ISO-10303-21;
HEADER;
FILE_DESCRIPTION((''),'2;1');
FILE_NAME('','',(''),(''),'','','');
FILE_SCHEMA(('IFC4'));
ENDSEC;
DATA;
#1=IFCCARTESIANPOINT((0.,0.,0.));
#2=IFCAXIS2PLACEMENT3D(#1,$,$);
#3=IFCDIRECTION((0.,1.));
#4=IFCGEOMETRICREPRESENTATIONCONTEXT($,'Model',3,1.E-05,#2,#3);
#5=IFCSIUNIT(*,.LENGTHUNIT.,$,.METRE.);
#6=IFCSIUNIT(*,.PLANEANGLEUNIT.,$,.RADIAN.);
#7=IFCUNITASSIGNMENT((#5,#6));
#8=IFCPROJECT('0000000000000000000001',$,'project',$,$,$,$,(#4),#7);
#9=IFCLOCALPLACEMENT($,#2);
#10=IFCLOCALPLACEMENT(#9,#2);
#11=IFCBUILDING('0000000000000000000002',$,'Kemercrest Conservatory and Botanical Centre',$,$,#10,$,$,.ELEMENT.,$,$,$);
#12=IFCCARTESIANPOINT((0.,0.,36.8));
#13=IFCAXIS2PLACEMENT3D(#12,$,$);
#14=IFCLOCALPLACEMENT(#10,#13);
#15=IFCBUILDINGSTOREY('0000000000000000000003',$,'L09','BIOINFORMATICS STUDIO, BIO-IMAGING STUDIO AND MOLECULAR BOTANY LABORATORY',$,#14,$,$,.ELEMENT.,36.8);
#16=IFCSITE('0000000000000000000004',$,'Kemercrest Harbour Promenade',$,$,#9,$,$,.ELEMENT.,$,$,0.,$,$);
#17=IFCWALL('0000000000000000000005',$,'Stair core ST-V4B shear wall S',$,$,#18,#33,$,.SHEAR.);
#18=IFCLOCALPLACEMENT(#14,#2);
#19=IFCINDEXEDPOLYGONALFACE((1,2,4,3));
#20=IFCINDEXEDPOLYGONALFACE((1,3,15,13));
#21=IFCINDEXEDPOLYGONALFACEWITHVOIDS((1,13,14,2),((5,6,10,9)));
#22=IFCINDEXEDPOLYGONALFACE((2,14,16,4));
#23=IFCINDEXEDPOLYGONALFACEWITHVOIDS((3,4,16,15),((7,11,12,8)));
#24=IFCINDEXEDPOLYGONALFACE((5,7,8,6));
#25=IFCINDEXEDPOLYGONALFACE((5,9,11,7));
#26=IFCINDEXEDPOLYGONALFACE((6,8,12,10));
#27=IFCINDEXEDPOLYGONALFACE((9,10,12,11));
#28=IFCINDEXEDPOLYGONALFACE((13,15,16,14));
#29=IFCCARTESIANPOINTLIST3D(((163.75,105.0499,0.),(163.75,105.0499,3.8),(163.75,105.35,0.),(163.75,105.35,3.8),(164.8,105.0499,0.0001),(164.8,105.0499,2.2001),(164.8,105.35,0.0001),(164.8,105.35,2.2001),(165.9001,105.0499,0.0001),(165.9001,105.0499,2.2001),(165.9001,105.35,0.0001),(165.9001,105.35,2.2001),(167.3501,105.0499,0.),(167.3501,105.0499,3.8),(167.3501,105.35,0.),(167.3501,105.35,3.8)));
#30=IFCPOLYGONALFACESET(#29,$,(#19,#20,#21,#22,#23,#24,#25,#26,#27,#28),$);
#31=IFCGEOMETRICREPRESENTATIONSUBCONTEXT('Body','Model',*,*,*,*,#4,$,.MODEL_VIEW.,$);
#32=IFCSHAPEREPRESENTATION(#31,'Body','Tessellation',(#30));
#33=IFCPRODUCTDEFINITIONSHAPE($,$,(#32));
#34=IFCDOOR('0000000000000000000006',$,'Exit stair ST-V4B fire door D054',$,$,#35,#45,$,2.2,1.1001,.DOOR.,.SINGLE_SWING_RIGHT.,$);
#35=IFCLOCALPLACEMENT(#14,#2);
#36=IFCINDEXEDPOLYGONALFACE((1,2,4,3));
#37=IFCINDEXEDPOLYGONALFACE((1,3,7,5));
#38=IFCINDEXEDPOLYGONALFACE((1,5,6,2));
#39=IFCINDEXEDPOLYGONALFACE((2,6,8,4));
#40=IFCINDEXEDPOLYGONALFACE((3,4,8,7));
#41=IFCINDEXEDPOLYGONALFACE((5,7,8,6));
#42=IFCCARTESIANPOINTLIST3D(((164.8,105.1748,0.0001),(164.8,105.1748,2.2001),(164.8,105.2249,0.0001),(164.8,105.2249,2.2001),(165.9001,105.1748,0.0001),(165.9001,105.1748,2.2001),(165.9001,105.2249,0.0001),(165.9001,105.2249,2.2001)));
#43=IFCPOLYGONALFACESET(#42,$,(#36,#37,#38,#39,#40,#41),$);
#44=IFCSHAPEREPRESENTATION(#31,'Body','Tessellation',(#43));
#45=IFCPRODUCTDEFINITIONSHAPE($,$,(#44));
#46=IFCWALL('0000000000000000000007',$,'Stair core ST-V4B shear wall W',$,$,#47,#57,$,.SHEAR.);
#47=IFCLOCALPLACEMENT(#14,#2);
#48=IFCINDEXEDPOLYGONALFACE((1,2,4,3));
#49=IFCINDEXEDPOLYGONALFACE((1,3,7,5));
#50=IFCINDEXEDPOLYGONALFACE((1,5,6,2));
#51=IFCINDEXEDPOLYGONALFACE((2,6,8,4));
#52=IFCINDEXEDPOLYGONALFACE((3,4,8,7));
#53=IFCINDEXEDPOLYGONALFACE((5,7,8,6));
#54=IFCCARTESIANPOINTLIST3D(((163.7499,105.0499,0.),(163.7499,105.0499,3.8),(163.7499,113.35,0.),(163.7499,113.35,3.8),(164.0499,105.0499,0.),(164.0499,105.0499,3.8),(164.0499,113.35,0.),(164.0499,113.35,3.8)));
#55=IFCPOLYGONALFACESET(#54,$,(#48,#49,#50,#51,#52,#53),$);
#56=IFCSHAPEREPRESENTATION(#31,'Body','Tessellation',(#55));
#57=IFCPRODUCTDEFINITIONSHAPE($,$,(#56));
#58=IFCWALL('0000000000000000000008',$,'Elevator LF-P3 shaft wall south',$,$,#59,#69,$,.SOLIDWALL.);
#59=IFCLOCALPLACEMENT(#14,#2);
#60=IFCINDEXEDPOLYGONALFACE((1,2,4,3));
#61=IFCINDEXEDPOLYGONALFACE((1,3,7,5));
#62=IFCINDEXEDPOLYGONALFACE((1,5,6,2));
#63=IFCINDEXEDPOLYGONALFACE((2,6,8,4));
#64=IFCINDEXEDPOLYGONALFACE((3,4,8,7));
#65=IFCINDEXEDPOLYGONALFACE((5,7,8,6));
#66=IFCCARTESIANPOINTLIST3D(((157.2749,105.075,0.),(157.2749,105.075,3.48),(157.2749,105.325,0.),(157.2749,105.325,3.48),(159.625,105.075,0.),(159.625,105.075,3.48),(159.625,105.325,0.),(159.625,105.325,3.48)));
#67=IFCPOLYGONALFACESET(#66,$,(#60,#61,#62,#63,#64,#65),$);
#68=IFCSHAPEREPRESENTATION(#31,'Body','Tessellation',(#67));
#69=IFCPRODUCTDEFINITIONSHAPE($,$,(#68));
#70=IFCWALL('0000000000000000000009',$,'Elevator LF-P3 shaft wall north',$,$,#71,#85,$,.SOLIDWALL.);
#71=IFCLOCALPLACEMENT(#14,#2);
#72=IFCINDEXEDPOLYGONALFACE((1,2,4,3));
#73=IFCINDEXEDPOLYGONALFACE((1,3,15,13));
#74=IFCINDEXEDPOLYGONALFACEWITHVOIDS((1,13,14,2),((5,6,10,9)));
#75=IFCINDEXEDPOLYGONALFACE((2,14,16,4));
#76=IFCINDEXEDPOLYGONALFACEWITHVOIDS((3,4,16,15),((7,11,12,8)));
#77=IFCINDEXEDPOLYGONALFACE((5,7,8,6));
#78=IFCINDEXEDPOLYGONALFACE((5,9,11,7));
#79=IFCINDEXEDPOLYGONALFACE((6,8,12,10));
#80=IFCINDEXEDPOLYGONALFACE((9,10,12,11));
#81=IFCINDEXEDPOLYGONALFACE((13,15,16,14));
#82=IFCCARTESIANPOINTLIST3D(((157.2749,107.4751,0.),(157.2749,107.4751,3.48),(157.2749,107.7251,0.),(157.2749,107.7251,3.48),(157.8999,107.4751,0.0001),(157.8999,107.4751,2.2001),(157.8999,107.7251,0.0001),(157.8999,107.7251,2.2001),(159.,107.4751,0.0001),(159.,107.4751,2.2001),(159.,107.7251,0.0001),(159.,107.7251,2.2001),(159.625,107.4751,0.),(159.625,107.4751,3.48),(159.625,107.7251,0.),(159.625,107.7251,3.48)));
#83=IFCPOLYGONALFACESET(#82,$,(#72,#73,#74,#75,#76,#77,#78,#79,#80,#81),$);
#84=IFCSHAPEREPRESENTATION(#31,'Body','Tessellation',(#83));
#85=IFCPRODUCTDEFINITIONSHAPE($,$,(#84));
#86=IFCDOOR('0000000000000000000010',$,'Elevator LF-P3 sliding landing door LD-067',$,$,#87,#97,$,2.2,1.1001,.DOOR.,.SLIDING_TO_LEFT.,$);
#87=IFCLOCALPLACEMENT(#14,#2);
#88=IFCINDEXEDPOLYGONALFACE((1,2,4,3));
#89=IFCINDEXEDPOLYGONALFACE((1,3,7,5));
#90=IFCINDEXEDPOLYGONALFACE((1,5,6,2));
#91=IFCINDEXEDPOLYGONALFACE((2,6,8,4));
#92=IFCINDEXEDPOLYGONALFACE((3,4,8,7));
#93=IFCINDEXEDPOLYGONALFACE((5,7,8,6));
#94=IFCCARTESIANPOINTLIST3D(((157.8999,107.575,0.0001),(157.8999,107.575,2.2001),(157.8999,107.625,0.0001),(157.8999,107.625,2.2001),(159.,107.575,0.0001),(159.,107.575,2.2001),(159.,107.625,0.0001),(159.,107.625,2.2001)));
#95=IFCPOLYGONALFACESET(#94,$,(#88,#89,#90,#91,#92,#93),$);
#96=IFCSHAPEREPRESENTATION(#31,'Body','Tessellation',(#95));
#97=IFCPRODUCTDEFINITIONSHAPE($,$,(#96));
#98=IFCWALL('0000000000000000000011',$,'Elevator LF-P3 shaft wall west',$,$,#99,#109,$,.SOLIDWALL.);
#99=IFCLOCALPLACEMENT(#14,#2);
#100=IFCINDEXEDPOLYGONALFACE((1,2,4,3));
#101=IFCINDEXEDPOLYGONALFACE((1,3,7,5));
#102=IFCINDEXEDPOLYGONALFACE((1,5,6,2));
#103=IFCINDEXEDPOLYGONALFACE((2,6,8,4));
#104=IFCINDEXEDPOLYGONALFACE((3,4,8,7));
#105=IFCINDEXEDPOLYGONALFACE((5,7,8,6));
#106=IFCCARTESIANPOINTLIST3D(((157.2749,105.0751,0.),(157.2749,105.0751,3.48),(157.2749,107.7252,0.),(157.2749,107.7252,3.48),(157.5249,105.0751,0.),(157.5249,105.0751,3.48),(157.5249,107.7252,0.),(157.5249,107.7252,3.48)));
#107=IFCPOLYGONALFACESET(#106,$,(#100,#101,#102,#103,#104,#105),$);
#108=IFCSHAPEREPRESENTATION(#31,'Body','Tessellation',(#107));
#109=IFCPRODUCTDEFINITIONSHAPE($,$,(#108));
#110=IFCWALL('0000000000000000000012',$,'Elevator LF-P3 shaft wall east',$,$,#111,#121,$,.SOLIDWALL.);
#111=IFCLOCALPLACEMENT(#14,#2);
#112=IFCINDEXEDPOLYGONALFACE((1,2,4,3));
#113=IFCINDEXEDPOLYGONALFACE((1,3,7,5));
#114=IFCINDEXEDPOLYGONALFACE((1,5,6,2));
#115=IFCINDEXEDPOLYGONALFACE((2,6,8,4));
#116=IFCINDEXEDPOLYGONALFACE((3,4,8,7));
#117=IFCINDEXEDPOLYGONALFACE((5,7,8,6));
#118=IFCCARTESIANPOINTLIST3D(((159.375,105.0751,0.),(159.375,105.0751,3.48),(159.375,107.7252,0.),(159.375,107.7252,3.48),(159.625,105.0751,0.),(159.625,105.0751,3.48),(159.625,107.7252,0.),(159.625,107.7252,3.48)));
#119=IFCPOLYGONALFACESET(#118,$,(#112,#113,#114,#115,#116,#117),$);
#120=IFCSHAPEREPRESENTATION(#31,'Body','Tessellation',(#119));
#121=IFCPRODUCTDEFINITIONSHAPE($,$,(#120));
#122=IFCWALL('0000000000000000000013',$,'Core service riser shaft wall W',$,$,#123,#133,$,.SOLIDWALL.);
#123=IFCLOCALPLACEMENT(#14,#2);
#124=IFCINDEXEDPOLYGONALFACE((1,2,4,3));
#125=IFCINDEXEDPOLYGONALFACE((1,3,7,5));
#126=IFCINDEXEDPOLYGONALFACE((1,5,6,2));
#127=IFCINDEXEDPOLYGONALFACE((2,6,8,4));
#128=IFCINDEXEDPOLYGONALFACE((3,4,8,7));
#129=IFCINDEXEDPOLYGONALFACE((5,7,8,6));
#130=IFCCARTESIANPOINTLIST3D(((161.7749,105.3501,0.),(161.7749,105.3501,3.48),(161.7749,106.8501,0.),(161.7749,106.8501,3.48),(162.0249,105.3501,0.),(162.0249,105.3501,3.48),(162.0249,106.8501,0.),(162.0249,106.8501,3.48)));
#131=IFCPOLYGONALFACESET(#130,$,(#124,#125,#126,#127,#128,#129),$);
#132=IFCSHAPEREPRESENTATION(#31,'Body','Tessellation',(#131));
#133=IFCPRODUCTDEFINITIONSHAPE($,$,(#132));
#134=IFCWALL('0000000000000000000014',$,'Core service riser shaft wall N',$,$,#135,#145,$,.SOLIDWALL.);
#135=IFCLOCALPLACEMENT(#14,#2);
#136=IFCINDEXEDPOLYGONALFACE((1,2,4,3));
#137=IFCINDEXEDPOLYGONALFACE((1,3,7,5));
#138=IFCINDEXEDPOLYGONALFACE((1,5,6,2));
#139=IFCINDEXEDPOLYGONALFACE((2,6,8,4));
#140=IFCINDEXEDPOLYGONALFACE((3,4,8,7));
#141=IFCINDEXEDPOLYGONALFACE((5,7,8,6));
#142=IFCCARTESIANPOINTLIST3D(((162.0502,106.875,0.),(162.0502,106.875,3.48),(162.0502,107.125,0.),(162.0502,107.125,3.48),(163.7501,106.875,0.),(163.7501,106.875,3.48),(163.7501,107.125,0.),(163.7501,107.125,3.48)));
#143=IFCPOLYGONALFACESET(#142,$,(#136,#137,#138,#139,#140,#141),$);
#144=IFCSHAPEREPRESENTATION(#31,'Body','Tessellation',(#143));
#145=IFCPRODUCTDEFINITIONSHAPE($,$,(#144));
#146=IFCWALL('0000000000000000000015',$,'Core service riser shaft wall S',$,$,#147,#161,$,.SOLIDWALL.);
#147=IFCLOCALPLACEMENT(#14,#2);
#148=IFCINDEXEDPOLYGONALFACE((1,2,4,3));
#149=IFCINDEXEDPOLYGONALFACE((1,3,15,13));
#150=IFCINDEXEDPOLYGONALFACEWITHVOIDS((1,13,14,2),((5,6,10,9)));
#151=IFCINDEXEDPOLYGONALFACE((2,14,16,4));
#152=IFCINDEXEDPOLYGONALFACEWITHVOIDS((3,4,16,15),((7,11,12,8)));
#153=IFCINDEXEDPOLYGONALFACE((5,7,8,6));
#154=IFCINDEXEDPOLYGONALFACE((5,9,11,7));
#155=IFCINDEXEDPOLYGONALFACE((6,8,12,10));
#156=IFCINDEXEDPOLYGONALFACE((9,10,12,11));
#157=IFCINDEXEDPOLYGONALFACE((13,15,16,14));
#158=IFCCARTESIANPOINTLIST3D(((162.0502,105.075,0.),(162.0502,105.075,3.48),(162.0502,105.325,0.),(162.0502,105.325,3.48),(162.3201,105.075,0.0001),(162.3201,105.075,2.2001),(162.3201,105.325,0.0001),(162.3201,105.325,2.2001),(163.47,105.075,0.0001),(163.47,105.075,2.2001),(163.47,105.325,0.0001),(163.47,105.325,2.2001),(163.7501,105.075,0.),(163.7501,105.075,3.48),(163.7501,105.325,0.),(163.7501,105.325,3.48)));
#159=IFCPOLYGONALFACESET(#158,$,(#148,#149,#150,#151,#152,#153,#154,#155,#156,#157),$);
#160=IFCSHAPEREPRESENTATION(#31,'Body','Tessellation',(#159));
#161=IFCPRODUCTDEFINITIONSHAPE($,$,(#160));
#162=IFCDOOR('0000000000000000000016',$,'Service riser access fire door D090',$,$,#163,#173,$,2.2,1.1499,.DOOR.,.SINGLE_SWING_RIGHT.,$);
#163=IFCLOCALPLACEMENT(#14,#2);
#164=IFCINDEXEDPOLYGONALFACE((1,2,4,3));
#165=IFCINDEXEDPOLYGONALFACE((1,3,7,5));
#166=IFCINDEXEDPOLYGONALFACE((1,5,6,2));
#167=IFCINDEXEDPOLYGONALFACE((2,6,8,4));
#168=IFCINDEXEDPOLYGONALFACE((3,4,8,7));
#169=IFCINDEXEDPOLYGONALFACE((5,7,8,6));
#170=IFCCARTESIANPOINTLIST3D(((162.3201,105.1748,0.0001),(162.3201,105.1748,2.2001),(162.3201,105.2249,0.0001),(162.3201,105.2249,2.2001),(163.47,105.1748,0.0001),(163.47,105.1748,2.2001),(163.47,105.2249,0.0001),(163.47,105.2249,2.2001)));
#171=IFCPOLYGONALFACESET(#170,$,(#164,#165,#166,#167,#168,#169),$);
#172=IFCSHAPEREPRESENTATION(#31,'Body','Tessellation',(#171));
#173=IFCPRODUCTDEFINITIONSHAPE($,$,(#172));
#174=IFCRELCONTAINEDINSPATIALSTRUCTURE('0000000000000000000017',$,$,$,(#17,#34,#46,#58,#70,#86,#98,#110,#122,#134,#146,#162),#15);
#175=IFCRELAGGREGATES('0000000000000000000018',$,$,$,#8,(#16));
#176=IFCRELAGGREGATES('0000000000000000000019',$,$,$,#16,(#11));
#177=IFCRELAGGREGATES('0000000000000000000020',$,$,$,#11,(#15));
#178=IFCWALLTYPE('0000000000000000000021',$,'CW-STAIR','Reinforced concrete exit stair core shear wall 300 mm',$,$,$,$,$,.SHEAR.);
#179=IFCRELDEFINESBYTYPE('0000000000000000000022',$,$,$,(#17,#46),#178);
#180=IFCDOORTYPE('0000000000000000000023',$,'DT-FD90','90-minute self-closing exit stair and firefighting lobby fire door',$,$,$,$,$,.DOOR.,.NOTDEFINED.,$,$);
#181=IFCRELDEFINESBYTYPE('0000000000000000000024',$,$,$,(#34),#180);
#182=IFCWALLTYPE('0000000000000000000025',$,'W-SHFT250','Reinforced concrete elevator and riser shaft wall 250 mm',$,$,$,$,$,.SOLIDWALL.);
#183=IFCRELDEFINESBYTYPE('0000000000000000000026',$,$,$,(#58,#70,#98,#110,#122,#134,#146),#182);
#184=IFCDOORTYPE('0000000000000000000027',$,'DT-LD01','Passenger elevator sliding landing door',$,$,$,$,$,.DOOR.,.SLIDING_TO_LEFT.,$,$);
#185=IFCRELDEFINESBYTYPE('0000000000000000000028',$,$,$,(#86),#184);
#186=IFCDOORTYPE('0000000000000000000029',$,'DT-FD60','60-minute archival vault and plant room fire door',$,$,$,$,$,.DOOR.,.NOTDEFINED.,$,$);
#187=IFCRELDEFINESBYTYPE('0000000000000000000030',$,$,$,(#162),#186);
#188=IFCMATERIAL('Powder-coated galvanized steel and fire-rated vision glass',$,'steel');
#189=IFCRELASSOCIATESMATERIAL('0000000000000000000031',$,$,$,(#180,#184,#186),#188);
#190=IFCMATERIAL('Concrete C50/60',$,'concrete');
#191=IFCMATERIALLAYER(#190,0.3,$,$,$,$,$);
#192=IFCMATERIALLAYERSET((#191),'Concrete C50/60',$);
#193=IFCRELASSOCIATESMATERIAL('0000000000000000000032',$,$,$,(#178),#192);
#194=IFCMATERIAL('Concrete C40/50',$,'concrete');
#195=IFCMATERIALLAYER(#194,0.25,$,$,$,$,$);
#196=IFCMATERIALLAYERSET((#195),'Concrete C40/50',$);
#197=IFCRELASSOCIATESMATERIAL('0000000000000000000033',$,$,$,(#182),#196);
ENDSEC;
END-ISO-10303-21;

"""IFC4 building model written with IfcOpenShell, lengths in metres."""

from ifc_helpers import new_model, si_unit, direction, frame, frame_2d, origin, place, context, subcontext, project, spatial, rectangle, extrude, material, layer, layer_set, type_object, element, fill, save


model = new_model("IFC4")

# Units and contexts
model_context = context("Model", 3, precision=1e-05, world=origin(), true_north=direction((0.0, 1.0)))
body_context = subcontext(model_context, "Body", "Model", "MODEL_VIEW")
ifc_project = project(units=[si_unit("LENGTHUNIT", "METRE"), si_unit("PLANEANGLEUNIT", "RADIAN")], contexts=[model_context])

# Site, building, storey
site_placement = place(None, origin())
site = spatial("IfcSite", under=ifc_project, at=site_placement, Name="Kemercrest Harbour Promenade", CompositionType="ELEMENT", RefElevation=0.0)
building_placement = place(site_placement, origin())
building = spatial("IfcBuilding", under=site, at=building_placement, Name="Kemercrest Conservatory and Botanical Centre", CompositionType="ELEMENT")
storey_placement = place(building_placement, frame((0.0, 0.0, 36.8)))
storey = spatial("IfcBuildingStorey", under=building, at=storey_placement, Name="L09", Description="BIOINFORMATICS STUDIO, BIO-IMAGING STUDIO AND MOLECULAR BOTANY LABORATORY", CompositionType="ELEMENT", Elevation=36.8)

# Shared definitions
ifc_material_1 = material(Name="Concrete C50/60", Category="concrete")

# Shared definitions
ifc_material_2 = material(Name="Concrete C40/50", Category="concrete")

# Shared definitions
ifc_material_3 = material(Name="Powder-coated galvanized steel and fire-rated vision glass", Category="steel")
door_type_1 = type_object("IfcDoorType", Name="DT-FD90", Description="90-minute self-closing exit stair and firefighting lobby fire door", OperationType="NOTDEFINED", PredefinedType="DOOR", material=ifc_material_3)

# Shared definitions
ifc_layer_1 = layer(ifc_material_1, 0.3)
ifc_layer_set_1 = layer_set([ifc_layer_1], Name="Concrete C50/60")
wall_type_1 = type_object("IfcWallType", Name="CW-STAIR", Description="Reinforced concrete exit stair core shear wall 300 mm", PredefinedType="SHEAR", material=ifc_layer_set_1)

# Wall, opening, door
wall_1_placement = place(storey_placement, frame((163.75, 105.2, 0.0), z_axis=(0.0, 0.0, 1.0), x_axis=(1.0, 0.0, 0.0)))
wall_1 = element("IfcWall", 1, at=wall_1_placement, inside=storey, type_object=wall_type_1, Name="Stair core ST-V4B shear wall S", PredefinedType="SHEAR", context=body_context, shape_type="SweptSolid", body=[
    extrude(rectangle(XDim=3.6001, YDim=0.3, at=frame_2d((1.8, 0.0))), origin(), (0.0, 0.0, 1.0), 3.8),
])
opening_1_placement = place(wall_1_placement, frame((1.05, 0.0, 0.0)))
opening_1 = element("IfcOpeningElement", 2, at=opening_1_placement, cuts=wall_1, PredefinedType="OPENING", context=body_context, shape_type="SweptSolid", body=[
    extrude(rectangle(XDim=1.1001, YDim=2.2, at=frame_2d((0.55, 1.1001))), frame((0.0, 0.1602, 0.0), z_axis=(0.0, -1.0, 0.0), x_axis=(1.0, 0.0, 0.0)), (0.0, 0.0, 1.0), 0.3201),
])
door_1_placement = place(opening_1_placement, origin())
door_1 = element("IfcDoor", 3, at=door_1_placement, inside=storey, type_object=door_type_1, Name="Exit stair ST-V4B fire door D054", OperationType="SINGLE_SWING_RIGHT", OverallHeight=2.2, OverallWidth=1.1001, PredefinedType="DOOR", context=body_context, shape_type="SweptSolid", body=[
    extrude(rectangle(XDim=1.1001, YDim=2.2, at=frame_2d((0.55, 1.1001))), frame((0.0, 0.0249, 0.0), z_axis=(0.0, -1.0, 0.0), x_axis=(1.0, 0.0, 0.0)), (0.0, 0.0, 1.0), 0.05),
])
fill(opening_1, door_1)

# Walls
wall_2_placement = place(storey_placement, frame((163.8999, 105.05, 0.0), z_axis=(0.0, 0.0, 1.0), x_axis=(0.0, 1.0, 0.0)))
element("IfcWall", 4, at=wall_2_placement, inside=storey, type_object=wall_type_1, Name="Stair core ST-V4B shear wall W", PredefinedType="SHEAR", context=body_context, shape_type="SweptSolid", body=[
    extrude(rectangle(XDim=8.3, YDim=0.3, at=frame_2d((4.1499, 0.0))), origin(), (0.0, 0.0, 1.0), 3.8),
])
ifc_layer_2 = layer(ifc_material_2, 0.25)
ifc_layer_set_2 = layer_set([ifc_layer_2], Name="Concrete C40/50")
wall_type_2 = type_object("IfcWallType", Name="W-SHFT250", Description="Reinforced concrete elevator and riser shaft wall 250 mm", PredefinedType="SOLIDWALL", material=ifc_layer_set_2)
wall_3_placement = place(storey_placement, frame((157.2749, 105.2, 0.0), z_axis=(0.0, 0.0, 1.0), x_axis=(1.0, 0.0, 0.0)))
element("IfcWall", 5, at=wall_3_placement, inside=storey, type_object=wall_type_2, Name="Elevator LF-P3 shaft wall south", PredefinedType="SOLIDWALL", context=body_context, shape_type="SweptSolid", body=[
    extrude(rectangle(XDim=2.3501, YDim=0.25, at=frame_2d((1.175, 0.0))), origin(), (0.0, 0.0, 1.0), 3.48),
])

# Wall, opening, door
wall_4_placement = place(storey_placement, frame((157.2749, 107.6001, 0.0), z_axis=(0.0, 0.0, 1.0), x_axis=(1.0, 0.0, 0.0)))
wall_4 = element("IfcWall", 6, at=wall_4_placement, inside=storey, type_object=wall_type_2, Name="Elevator LF-P3 shaft wall north", PredefinedType="SOLIDWALL", context=body_context, shape_type="SweptSolid", body=[
    extrude(rectangle(XDim=2.3501, YDim=0.25, at=frame_2d((1.175, 0.0))), origin(), (0.0, 0.0, 1.0), 3.48),
])
opening_2_placement = place(wall_4_placement, frame((0.625, 0.0, 0.0)))
opening_2 = element("IfcOpeningElement", 7, at=opening_2_placement, cuts=wall_4, PredefinedType="OPENING", context=body_context, shape_type="SweptSolid", body=[
    extrude(rectangle(XDim=1.1001, YDim=2.2, at=frame_2d((0.55, 1.1001))), frame((0.0, 0.135, 0.0), z_axis=(0.0, -1.0, 0.0), x_axis=(1.0, 0.0, 0.0)), (0.0, 0.0, 1.0), 0.27),
])
door_type_2 = type_object("IfcDoorType", Name="DT-LD01", Description="Passenger elevator sliding landing door", OperationType="SLIDING_TO_LEFT", PredefinedType="DOOR", material=ifc_material_3)
door_2_placement = place(opening_2_placement, origin())
door_2 = element("IfcDoor", 8, at=door_2_placement, inside=storey, type_object=door_type_2, Name="Elevator LF-P3 sliding landing door LD-067", OperationType="SLIDING_TO_LEFT", OverallHeight=2.2, OverallWidth=1.1001, PredefinedType="DOOR", context=body_context, shape_type="SweptSolid", body=[
    extrude(rectangle(XDim=1.1001, YDim=2.2, at=frame_2d((0.55, 1.1001))), frame((0.0, 0.0249, 0.0), z_axis=(0.0, -1.0, 0.0), x_axis=(1.0, 0.0, 0.0)), (0.0, 0.0, 1.0), 0.05),
])
fill(opening_2, door_2)

# Walls
for number, where, z_axis, x_axis, name in (
    (9, (157.3999, 105.075, 0.0), (0.0, 0.0, 1.0), (0.0, 1.0, 0.0), "Elevator LF-P3 shaft wall west"),
    (10, (159.5, 105.075, 0.0), (0.0, 0.0, 1.0), (0.0, 1.0, 0.0), "Elevator LF-P3 shaft wall east"),
):
    element("IfcWall", number, at=place(storey_placement, frame(where, z_axis=z_axis, x_axis=x_axis)), inside=storey, type_object=wall_type_2, Name=name, PredefinedType="SOLIDWALL", context=body_context, shape_type="SweptSolid", body=[
        extrude(rectangle(XDim=2.6501, YDim=0.25, at=frame_2d((1.3252, 0.0))), origin(), (0.0, 0.0, 1.0), 3.48),
    ])
wall_5_placement = place(storey_placement, frame((161.8999, 105.3501, 0.0), z_axis=(0.0, 0.0, 1.0), x_axis=(0.0, 1.0, 0.0)))
element("IfcWall", 11, at=wall_5_placement, inside=storey, type_object=wall_type_2, Name="Core service riser shaft wall W", PredefinedType="SOLIDWALL", context=body_context, shape_type="SweptSolid", body=[
    extrude(rectangle(XDim=1.5, YDim=0.25, at=frame_2d((0.75, 0.0))), origin(), (0.0, 0.0, 1.0), 3.48),
])
wall_6_placement = place(storey_placement, frame((162.05, 107.0, 0.0), z_axis=(0.0, 0.0, 1.0), x_axis=(1.0, 0.0, 0.0)))
element("IfcWall", 12, at=wall_6_placement, inside=storey, type_object=wall_type_2, Name="Core service riser shaft wall N", PredefinedType="SOLIDWALL", context=body_context, shape_type="SweptSolid", body=[
    extrude(rectangle(XDim=1.7, YDim=0.25, at=frame_2d((0.8501, 0.0))), origin(), (0.0, 0.0, 1.0), 3.48),
])

# Wall, opening, door
wall_7_placement = place(storey_placement, frame((162.05, 105.2, 0.0), z_axis=(0.0, 0.0, 1.0), x_axis=(1.0, 0.0, 0.0)))
wall_7 = element("IfcWall", 13, at=wall_7_placement, inside=storey, type_object=wall_type_2, Name="Core service riser shaft wall S", PredefinedType="SOLIDWALL", context=body_context, shape_type="SweptSolid", body=[
    extrude(rectangle(XDim=1.7, YDim=0.25, at=frame_2d((0.8501, 0.0))), origin(), (0.0, 0.0, 1.0), 3.48),
])
opening_3_placement = place(wall_7_placement, frame((0.27, 0.0, 0.0)))
opening_3 = element("IfcOpeningElement", 14, at=opening_3_placement, cuts=wall_7, PredefinedType="OPENING", context=body_context, shape_type="SweptSolid", body=[
    extrude(rectangle(XDim=1.1499, YDim=2.2, at=frame_2d((0.575, 1.1001))), frame((0.0, 0.135, 0.0), z_axis=(0.0, -1.0, 0.0), x_axis=(1.0, 0.0, 0.0)), (0.0, 0.0, 1.0), 0.27),
])
door_type_3 = type_object("IfcDoorType", Name="DT-FD60", Description="60-minute archival vault and plant room fire door", OperationType="NOTDEFINED", PredefinedType="DOOR", material=ifc_material_3)
door_3_placement = place(opening_3_placement, origin())
door_3 = element("IfcDoor", 15, at=door_3_placement, inside=storey, type_object=door_type_3, Name="Service riser access fire door D090", OperationType="SINGLE_SWING_RIGHT", OverallHeight=2.2, OverallWidth=1.1499, PredefinedType="DOOR", context=body_context, shape_type="SweptSolid", body=[
    extrude(rectangle(XDim=1.1499, YDim=2.2, at=frame_2d((0.575, 1.1001))), frame((0.0, 0.0249, 0.0), z_axis=(0.0, -1.0, 0.0), x_axis=(1.0, 0.0, 0.0)), (0.0, 0.0, 1.0), 0.05),
])
fill(opening_3, door_3)

save(model, "model.ifc")
